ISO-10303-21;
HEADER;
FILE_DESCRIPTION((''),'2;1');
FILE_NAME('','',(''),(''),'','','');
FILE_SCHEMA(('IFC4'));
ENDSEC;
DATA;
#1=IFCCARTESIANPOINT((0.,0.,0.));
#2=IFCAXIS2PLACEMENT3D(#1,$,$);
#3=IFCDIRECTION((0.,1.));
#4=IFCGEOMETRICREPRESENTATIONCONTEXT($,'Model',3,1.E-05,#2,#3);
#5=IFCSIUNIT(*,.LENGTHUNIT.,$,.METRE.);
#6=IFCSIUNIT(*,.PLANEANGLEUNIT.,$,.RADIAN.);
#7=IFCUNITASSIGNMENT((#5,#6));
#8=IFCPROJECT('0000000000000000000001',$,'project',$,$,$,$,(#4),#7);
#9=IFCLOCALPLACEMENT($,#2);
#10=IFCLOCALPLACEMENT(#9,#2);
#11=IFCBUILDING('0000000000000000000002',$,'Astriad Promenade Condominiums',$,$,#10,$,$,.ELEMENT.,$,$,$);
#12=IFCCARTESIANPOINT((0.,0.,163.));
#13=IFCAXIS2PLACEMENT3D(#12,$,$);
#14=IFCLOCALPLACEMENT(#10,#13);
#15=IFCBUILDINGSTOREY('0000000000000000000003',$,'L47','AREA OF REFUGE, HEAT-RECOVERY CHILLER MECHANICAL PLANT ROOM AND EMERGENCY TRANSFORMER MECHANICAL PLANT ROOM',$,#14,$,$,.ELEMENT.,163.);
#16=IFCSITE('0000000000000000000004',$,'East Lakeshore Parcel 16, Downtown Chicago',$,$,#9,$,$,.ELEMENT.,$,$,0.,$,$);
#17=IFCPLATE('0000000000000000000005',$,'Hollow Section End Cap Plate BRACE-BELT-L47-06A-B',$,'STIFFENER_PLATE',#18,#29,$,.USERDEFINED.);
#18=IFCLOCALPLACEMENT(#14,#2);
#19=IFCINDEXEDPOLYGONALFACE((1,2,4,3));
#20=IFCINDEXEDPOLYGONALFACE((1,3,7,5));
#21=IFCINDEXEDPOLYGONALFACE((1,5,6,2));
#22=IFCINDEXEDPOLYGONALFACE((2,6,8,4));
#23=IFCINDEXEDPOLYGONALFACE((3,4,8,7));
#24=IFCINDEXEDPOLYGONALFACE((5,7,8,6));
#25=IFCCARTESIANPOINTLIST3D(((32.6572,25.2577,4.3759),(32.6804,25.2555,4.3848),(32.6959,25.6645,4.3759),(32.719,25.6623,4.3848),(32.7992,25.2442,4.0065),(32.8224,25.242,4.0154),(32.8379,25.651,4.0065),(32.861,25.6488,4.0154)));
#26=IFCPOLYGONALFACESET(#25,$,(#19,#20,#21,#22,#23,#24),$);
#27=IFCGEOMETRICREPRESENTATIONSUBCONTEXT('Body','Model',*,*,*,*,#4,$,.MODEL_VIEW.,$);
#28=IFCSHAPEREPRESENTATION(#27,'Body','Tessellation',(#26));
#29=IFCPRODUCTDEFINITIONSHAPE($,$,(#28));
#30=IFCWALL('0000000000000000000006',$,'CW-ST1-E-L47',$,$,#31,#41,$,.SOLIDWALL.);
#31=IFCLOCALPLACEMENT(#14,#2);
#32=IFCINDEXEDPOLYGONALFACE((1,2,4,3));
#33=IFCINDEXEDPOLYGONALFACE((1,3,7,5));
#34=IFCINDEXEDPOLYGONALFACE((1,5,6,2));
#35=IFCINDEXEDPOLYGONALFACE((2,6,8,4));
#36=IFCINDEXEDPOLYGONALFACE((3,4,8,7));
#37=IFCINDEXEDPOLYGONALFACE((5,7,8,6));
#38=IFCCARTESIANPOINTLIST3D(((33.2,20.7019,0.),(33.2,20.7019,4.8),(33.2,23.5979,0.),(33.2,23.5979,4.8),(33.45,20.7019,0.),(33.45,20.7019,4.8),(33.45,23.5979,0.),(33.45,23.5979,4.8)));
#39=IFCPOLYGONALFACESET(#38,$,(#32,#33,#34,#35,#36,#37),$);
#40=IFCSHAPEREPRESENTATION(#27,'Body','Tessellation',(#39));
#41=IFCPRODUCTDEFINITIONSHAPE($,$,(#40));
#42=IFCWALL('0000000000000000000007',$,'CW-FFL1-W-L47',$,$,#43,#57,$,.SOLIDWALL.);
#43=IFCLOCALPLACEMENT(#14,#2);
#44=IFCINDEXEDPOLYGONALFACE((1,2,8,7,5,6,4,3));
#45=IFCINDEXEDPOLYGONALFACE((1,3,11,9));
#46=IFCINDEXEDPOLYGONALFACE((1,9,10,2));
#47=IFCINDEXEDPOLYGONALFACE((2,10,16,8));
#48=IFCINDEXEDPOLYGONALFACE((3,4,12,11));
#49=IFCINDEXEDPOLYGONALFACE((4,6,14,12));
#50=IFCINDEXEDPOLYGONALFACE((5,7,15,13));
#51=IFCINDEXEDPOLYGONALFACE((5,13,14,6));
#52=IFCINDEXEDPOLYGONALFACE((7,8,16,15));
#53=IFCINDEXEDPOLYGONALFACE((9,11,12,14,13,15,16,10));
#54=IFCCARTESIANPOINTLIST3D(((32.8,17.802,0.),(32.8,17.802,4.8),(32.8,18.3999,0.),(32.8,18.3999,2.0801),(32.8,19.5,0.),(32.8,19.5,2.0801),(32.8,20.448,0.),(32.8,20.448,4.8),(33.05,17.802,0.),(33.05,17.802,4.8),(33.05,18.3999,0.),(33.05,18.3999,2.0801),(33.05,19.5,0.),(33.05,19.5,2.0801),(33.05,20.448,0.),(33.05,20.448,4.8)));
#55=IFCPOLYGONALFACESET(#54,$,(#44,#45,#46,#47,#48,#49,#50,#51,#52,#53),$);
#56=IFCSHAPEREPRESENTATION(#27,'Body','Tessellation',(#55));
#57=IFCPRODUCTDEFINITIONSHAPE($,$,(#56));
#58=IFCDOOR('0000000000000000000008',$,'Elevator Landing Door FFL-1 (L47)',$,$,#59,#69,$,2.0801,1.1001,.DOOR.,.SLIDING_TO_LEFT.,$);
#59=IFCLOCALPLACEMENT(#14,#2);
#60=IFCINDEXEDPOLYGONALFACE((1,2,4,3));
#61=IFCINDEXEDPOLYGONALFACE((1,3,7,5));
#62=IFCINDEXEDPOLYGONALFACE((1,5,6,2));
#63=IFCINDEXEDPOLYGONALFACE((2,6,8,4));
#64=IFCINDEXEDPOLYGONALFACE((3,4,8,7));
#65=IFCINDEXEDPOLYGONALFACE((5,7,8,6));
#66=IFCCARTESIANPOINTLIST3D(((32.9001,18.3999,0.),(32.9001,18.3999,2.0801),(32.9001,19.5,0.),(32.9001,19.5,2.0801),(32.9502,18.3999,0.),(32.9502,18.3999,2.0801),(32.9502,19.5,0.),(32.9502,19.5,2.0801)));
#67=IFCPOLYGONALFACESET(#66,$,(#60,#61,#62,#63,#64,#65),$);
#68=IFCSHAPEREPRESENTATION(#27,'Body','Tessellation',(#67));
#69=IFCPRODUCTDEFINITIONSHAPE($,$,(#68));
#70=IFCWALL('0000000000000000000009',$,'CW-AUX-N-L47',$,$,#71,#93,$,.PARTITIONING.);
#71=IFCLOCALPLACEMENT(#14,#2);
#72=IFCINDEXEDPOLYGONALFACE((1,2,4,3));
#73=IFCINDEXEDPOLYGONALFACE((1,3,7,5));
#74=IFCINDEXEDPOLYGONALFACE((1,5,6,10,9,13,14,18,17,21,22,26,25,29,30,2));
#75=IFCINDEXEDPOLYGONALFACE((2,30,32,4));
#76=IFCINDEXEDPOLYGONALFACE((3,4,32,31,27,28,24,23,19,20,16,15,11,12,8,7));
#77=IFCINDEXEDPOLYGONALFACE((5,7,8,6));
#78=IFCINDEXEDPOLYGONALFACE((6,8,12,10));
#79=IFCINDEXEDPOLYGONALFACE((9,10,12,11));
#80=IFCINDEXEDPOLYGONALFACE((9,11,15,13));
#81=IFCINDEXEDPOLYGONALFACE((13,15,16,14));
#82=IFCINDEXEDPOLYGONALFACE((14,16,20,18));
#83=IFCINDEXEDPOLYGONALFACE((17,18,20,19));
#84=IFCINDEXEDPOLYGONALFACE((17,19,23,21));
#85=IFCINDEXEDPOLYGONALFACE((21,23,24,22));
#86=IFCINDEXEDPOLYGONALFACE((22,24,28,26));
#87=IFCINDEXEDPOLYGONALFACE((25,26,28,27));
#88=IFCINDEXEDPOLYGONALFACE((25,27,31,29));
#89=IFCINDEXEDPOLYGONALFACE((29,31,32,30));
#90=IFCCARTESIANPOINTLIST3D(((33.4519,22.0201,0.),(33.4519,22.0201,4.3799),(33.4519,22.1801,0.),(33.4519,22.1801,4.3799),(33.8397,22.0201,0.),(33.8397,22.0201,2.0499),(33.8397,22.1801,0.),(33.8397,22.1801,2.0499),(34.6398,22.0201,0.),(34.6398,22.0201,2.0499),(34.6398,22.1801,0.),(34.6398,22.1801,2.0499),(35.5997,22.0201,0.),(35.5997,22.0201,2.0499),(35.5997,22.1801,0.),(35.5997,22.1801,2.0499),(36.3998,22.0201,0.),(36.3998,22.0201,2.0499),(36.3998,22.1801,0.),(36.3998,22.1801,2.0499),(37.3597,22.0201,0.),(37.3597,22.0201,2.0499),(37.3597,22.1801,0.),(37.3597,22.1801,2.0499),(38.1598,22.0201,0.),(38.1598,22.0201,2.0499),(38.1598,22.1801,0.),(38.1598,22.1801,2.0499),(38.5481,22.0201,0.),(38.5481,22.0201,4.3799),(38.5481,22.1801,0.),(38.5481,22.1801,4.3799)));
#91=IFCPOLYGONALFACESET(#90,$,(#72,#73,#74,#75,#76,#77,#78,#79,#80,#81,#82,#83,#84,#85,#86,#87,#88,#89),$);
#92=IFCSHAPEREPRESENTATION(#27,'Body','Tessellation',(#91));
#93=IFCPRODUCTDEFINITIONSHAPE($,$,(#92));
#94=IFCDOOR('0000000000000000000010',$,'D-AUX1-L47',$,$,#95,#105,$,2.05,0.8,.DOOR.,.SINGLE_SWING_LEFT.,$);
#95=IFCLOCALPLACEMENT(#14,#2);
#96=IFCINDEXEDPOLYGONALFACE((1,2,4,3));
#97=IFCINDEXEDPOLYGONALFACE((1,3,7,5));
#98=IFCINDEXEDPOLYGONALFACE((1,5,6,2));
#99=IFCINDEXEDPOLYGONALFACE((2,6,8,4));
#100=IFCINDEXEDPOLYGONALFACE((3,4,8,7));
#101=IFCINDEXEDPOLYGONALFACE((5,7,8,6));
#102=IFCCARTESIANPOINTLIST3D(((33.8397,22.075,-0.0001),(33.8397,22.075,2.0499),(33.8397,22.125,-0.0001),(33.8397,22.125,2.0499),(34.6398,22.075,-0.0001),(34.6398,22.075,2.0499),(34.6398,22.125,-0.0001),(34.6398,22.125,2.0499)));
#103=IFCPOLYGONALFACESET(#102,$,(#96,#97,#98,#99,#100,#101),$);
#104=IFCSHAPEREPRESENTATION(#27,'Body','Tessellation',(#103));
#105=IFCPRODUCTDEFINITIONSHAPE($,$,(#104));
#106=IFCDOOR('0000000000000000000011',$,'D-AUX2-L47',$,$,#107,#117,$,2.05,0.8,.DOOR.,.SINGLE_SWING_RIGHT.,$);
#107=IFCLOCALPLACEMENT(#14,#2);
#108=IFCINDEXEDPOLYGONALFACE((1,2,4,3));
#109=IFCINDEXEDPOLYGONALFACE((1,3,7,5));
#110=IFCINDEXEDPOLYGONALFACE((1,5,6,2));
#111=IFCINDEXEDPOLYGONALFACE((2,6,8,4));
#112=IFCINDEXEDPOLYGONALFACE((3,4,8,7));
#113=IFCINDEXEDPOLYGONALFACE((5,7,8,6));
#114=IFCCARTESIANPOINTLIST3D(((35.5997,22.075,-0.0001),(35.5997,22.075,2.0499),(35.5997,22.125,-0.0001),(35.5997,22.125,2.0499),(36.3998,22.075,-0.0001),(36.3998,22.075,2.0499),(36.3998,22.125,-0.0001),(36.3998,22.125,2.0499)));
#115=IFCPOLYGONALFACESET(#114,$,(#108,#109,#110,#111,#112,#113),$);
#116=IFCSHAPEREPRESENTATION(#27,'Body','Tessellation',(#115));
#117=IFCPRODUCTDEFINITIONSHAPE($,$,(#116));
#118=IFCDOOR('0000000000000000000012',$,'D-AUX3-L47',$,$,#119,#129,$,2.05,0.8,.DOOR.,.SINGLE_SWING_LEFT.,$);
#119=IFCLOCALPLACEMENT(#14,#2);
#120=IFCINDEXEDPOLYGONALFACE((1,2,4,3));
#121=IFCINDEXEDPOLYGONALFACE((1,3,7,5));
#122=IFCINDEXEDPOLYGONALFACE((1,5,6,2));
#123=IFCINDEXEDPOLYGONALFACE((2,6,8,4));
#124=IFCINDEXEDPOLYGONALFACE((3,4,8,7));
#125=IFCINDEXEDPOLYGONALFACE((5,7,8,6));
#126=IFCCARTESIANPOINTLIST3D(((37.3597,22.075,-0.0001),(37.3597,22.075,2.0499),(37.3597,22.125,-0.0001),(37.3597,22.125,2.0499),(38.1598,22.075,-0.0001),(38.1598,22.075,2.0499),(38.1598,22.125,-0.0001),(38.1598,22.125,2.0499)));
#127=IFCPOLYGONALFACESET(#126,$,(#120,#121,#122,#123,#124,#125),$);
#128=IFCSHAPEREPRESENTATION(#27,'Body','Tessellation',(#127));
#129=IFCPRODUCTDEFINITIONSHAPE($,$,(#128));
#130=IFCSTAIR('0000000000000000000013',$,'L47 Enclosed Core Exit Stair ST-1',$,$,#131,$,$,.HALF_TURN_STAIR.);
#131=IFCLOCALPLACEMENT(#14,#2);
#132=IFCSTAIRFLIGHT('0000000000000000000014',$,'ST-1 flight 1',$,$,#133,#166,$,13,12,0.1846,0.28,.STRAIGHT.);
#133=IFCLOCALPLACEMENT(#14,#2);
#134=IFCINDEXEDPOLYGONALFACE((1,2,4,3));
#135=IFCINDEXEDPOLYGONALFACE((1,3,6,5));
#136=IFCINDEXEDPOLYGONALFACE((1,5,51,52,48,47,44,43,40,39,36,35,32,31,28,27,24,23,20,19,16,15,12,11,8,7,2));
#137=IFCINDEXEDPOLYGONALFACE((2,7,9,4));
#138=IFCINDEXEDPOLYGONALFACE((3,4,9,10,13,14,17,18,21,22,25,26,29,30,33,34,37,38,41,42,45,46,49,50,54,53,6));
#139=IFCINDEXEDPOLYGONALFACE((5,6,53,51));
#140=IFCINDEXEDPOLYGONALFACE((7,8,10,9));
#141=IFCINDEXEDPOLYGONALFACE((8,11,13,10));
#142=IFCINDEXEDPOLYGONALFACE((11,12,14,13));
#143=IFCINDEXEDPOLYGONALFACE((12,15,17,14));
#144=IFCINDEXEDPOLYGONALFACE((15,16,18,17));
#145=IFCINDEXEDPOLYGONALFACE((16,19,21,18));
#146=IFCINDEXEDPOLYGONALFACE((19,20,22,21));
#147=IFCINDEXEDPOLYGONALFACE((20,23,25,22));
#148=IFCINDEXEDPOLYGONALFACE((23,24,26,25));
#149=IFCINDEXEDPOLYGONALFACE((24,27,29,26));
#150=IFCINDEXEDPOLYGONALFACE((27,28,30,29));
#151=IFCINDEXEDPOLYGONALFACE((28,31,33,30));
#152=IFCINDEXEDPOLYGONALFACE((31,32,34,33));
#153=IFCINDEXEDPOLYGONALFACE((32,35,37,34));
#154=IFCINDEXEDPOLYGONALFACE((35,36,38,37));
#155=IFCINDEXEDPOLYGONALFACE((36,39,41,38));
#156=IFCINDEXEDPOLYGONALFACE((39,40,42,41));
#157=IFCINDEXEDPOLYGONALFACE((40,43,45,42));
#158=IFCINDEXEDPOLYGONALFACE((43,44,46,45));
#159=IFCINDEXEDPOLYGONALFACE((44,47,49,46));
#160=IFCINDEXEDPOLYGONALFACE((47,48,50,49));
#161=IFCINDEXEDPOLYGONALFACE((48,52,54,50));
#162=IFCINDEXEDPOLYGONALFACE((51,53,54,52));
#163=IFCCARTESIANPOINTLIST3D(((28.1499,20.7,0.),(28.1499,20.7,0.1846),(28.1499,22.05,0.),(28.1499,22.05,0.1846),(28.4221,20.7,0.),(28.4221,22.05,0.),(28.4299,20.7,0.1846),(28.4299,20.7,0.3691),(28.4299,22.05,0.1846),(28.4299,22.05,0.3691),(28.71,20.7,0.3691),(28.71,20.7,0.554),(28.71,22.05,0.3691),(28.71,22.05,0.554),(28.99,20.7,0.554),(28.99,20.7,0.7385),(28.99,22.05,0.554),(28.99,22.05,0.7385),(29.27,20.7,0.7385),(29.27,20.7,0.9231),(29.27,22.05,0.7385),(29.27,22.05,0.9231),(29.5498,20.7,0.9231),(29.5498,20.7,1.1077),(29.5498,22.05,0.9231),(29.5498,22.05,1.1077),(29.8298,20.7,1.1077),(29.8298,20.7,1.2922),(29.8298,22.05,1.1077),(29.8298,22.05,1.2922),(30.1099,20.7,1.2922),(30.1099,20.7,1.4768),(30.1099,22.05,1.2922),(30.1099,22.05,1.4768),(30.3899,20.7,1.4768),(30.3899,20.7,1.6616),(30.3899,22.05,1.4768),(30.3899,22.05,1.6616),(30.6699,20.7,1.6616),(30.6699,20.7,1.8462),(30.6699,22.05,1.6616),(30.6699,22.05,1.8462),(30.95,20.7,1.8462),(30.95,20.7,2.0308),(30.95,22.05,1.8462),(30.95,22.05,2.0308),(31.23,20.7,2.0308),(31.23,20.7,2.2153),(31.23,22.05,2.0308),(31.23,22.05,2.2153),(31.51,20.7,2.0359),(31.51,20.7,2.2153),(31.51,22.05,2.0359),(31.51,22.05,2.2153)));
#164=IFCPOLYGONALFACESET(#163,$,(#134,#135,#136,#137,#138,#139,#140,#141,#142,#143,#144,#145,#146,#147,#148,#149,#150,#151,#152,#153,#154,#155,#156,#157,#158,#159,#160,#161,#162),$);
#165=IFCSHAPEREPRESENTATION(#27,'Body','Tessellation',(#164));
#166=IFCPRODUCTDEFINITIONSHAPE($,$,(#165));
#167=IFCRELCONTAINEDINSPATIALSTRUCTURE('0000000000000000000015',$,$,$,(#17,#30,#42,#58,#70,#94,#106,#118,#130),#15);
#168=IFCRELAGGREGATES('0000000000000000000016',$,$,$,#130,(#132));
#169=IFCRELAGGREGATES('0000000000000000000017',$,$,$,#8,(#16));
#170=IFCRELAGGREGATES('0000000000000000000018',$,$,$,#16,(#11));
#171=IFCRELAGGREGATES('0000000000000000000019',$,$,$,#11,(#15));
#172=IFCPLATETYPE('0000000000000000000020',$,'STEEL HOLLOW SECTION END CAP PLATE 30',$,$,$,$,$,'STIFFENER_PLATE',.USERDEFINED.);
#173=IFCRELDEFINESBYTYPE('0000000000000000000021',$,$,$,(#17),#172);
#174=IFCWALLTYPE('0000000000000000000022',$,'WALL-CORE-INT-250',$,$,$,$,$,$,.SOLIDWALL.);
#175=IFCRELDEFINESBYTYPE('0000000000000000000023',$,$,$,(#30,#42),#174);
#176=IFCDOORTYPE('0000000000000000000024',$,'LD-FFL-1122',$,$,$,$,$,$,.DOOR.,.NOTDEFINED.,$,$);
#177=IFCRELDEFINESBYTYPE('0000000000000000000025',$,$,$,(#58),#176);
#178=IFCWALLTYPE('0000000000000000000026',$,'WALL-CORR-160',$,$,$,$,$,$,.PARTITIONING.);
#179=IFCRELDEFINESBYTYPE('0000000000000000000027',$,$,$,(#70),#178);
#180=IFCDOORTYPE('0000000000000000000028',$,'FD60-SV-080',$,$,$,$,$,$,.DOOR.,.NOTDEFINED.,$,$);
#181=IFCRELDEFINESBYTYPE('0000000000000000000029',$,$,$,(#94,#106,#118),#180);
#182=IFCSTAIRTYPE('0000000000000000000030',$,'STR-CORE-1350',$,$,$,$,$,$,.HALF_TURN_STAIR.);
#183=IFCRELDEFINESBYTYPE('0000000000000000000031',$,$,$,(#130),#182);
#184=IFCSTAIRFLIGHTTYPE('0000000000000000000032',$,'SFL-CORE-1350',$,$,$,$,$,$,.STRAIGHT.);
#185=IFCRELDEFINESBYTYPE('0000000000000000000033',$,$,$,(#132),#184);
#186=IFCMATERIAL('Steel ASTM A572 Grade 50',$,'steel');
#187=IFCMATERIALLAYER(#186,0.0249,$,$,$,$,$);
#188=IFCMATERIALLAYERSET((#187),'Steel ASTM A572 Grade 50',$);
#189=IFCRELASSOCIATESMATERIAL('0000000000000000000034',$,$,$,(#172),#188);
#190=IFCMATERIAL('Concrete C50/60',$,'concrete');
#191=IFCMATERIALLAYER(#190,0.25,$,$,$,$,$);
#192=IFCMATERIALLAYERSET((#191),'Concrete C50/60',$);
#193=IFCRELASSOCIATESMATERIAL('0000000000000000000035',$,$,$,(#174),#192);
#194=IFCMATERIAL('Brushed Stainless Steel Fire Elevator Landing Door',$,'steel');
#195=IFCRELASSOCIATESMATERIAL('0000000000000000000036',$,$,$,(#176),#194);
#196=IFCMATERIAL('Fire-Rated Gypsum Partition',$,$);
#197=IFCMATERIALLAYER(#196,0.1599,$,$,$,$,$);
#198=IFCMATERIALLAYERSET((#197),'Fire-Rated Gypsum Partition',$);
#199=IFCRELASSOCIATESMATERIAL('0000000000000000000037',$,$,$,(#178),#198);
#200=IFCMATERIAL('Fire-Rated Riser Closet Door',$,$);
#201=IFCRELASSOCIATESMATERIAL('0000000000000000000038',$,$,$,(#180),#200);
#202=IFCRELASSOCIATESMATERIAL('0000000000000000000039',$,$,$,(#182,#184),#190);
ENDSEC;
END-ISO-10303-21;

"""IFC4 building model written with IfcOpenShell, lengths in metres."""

from ifc_helpers import new_model, si_unit, direction, frame, frame_2d, origin, origin_2d, place, context, subcontext, project, spatial, polyline, rectangle, outline, extrude, source, transform, mapped, material, layer, layer_set, type_object, type_shapes, element, fill, aggregate, save


model = new_model("IFC4")

# Units and contexts
model_context = context("Model", 3, precision=1e-05, world=origin(), true_north=direction((0.0, 1.0)))
body_context = subcontext(model_context, "Body", "Model", "MODEL_VIEW")
ifc_project = project(units=[si_unit("LENGTHUNIT", "METRE"), si_unit("PLANEANGLEUNIT", "RADIAN")], contexts=[model_context])

# Site, building, storey
site_placement = place(None, origin())
site = spatial("IfcSite", under=ifc_project, at=site_placement, Name="East Lakeshore Parcel 16, Downtown Chicago", CompositionType="ELEMENT", RefElevation=0.0)
building_placement = place(site_placement, origin())
building = spatial("IfcBuilding", under=site, at=building_placement, Name="Astriad Promenade Condominiums", CompositionType="ELEMENT")
storey_placement = place(building_placement, frame((0.0, 0.0, 163.0)))
storey = spatial("IfcBuildingStorey", under=building, at=storey_placement, Name="L47", Description="AREA OF REFUGE, HEAT-RECOVERY CHILLER MECHANICAL PLANT ROOM AND EMERGENCY TRANSFORMER MECHANICAL PLANT ROOM", CompositionType="ELEMENT", Elevation=163.0)

# Plate
ifc_material_1 = material(Name="Steel ASTM A572 Grade 50", Category="steel")
ifc_layer_1 = layer(ifc_material_1, 0.0249)
ifc_layer_set_1 = layer_set([ifc_layer_1], Name="Steel ASTM A572 Grade 50")
plate_type_1 = type_object("IfcPlateType", Name="STEEL HOLLOW SECTION END CAP PLATE 30", ElementType="STIFFENER_PLATE", PredefinedType="USERDEFINED", material=ifc_layer_set_1)
shared_shape_1 = source(origin(), body_context, "Body", "SweptSolid", [
    extrude(rectangle(XDim=0.4087, YDim=0.396, at=origin_2d()), origin(), (0.0, 0.0, 1.0), 0.0249),
])
plate_1_placement = place(storey_placement, frame((32.7476, 25.4543, 4.1912), z_axis=(0.928688, -0.088202, 0.360221), x_axis=(0.094549, 0.99552, 0.0)))
element("IfcPlate", 1, at=plate_1_placement, inside=storey, type_object=plate_type_1, Name="Hollow Section End Cap Plate BRACE-BELT-L47-06A-B", ObjectType="STIFFENER_PLATE", PredefinedType="USERDEFINED", context=body_context, shape_type="MappedRepresentation", body=[
    mapped(shared_shape_1, transform((0.0, 0.0, 0.0), scale=1.0)),
])

# Wall
ifc_material_2 = material(Name="Concrete C50/60", Category="concrete")
ifc_layer_2 = layer(ifc_material_2, 0.25)
ifc_layer_set_2 = layer_set([ifc_layer_2], Name="Concrete C50/60")
wall_type_1 = type_object("IfcWallType", Name="WALL-CORE-INT-250", PredefinedType="SOLIDWALL", material=ifc_layer_set_2)
wall_1_placement = place(storey_placement, frame((33.325, 20.7019, 0.0), z_axis=(0.0, 0.0, 1.0), x_axis=(0.0, 1.0, 0.0)))
element("IfcWall", 2, at=wall_1_placement, inside=storey, type_object=wall_type_1, Name="CW-ST1-E-L47", PredefinedType="SOLIDWALL", context=body_context, shape_type="SweptSolid", body=[
    extrude(rectangle(XDim=2.896, YDim=0.25, at=frame_2d((1.448, 0.0))), origin(), (0.0, 0.0, 1.0), 4.8),
])

# Wall, opening, door
wall_2_placement = place(storey_placement, frame((32.925, 17.802, 0.0), z_axis=(0.0, 0.0, 1.0), x_axis=(0.0, 1.0, 0.0)))
wall_2 = element("IfcWall", 3, at=wall_2_placement, inside=storey, type_object=wall_type_1, Name="CW-FFL1-W-L47", PredefinedType="SOLIDWALL", context=body_context, shape_type="SweptSolid", body=[
    extrude(rectangle(XDim=2.646, YDim=0.25, at=frame_2d((1.323, 0.0))), origin(), (0.0, 0.0, 1.0), 4.8),
])
opening_1_placement = place(wall_2_placement, frame((0.5979, 0.0, 0.0)))
opening_1 = element("IfcOpeningElement", 4, at=opening_1_placement, cuts=wall_2, PredefinedType="OPENING", context=body_context, shape_type="SweptSolid", body=[
    extrude(rectangle(XDim=1.1001, YDim=2.0801, at=frame_2d((0.55, 1.04))), frame((0.0, 0.135, 0.0), z_axis=(0.0, -1.0, 0.0), x_axis=(1.0, 0.0, 0.0)), (0.0, 0.0, 1.0), 0.27),
])
ifc_material_3 = material(Name="Brushed Stainless Steel Fire Elevator Landing Door", Category="steel")
door_type_1 = type_object("IfcDoorType", Name="LD-FFL-1122", OperationType="NOTDEFINED", PredefinedType="DOOR", material=ifc_material_3)
shared_shape_2 = source(origin(), body_context, "Body", "SweptSolid", [
    extrude(rectangle(XDim=1.1001, YDim=2.0801, at=frame_2d((0.55, 1.04))), frame((0.0, 0.0249, 0.0), z_axis=(0.0, -1.0, 0.0), x_axis=(1.0, 0.0, 0.0)), (0.0, 0.0, 1.0), 0.05),
])
type_shapes(door_type_1, [shared_shape_2])
door_1_placement = place(opening_1_placement, origin())
door_1 = element("IfcDoor", 5, at=door_1_placement, inside=storey, type_object=door_type_1, Name="Elevator Landing Door FFL-1 (L47)", OperationType="SLIDING_TO_LEFT", OverallHeight=2.0801, OverallWidth=1.1001, PredefinedType="DOOR", context=body_context, shape_type="MappedRepresentation", body=[
    mapped(shared_shape_2, transform((0.0, 0.0, 0.0), scale=1.0)),
])
fill(opening_1, door_1)

# Wall, openings, doors
ifc_material_4 = material(Name="Fire-Rated Gypsum Partition")
ifc_layer_3 = layer(ifc_material_4, 0.1599)
ifc_layer_set_3 = layer_set([ifc_layer_3], Name="Fire-Rated Gypsum Partition")
wall_type_2 = type_object("IfcWallType", Name="WALL-CORR-160", PredefinedType="PARTITIONING", material=ifc_layer_set_3)
wall_3_placement = place(storey_placement, frame((33.4519, 22.1001, 0.0), z_axis=(0.0, 0.0, 1.0), x_axis=(1.0, 0.0, 0.0)))
wall_3 = element("IfcWall", 6, at=wall_3_placement, inside=storey, type_object=wall_type_2, Name="CW-AUX-N-L47", PredefinedType="PARTITIONING", context=body_context, shape_type="SweptSolid", body=[
    extrude(rectangle(XDim=5.0962, YDim=0.1599, at=frame_2d((2.5481, 0.0))), origin(), (0.0, 0.0, 1.0), 4.3799),
])
opening_2_placement = place(wall_3_placement, frame((0.3879, 0.0, 0.0)))
opening_2 = element("IfcOpeningElement", 7, at=opening_2_placement, cuts=wall_3, PredefinedType="OPENING", context=body_context, shape_type="SweptSolid", body=[
    extrude(rectangle(XDim=0.8, YDim=2.05, at=frame_2d((0.3999, 1.0249))), frame((0.0, 0.0898, 0.0), z_axis=(0.0, -1.0, 0.0), x_axis=(1.0, 0.0, 0.0)), (0.0, 0.0, 1.0), 0.1799),
])
opening_3_placement = place(wall_3_placement, frame((2.1479, 0.0, 0.0)))
opening_3 = element("IfcOpeningElement", 8, at=opening_3_placement, cuts=wall_3, PredefinedType="OPENING", context=body_context, shape_type="SweptSolid", body=[
    extrude(rectangle(XDim=0.8, YDim=2.05, at=frame_2d((0.3999, 1.0249))), frame((0.0, 0.0898, 0.0), z_axis=(0.0, -1.0, 0.0), x_axis=(1.0, 0.0, 0.0)), (0.0, 0.0, 1.0), 0.1799),
])
opening_4_placement = place(wall_3_placement, frame((3.908, 0.0, 0.0)))
opening_4 = element("IfcOpeningElement", 9, at=opening_4_placement, cuts=wall_3, PredefinedType="OPENING", context=body_context, shape_type="SweptSolid", body=[
    extrude(rectangle(XDim=0.8, YDim=2.05, at=frame_2d((0.3999, 1.0249))), frame((0.0, 0.0898, 0.0), z_axis=(0.0, -1.0, 0.0), x_axis=(1.0, 0.0, 0.0)), (0.0, 0.0, 1.0), 0.1799),
])
ifc_material_5 = material(Name="Fire-Rated Riser Closet Door")
door_type_2 = type_object("IfcDoorType", Name="FD60-SV-080", OperationType="NOTDEFINED", PredefinedType="DOOR", material=ifc_material_5)
shared_shape_3 = source(origin(), body_context, "Body", "SweptSolid", [
    extrude(rectangle(XDim=0.8, YDim=2.05, at=frame_2d((0.3999, 1.0249))), frame((0.0, 0.0249, 0.0), z_axis=(0.0, -1.0, 0.0), x_axis=(1.0, 0.0, 0.0)), (0.0, 0.0, 1.0), 0.05),
])
type_shapes(door_type_2, [shared_shape_3])
door_2_placement = place(opening_2_placement, origin())
door_2 = element("IfcDoor", 10, at=door_2_placement, inside=storey, type_object=door_type_2, Name="D-AUX1-L47", OperationType="SINGLE_SWING_LEFT", OverallHeight=2.05, OverallWidth=0.8, PredefinedType="DOOR", context=body_context, shape_type="MappedRepresentation", body=[
    mapped(shared_shape_3, transform((0.0, 0.0, 0.0), scale=1.0)),
])
fill(opening_2, door_2)
door_3_placement = place(opening_3_placement, origin())
door_3 = element("IfcDoor", 11, at=door_3_placement, inside=storey, type_object=door_type_2, Name="D-AUX2-L47", OperationType="SINGLE_SWING_RIGHT", OverallHeight=2.05, OverallWidth=0.8, PredefinedType="DOOR", context=body_context, shape_type="MappedRepresentation", body=[
    mapped(shared_shape_3, transform((0.0, 0.0, 0.0), scale=1.0)),
])
fill(opening_3, door_3)
door_4_placement = place(opening_4_placement, origin())
door_4 = element("IfcDoor", 12, at=door_4_placement, inside=storey, type_object=door_type_2, Name="D-AUX3-L47", OperationType="SINGLE_SWING_LEFT", OverallHeight=2.05, OverallWidth=0.8, PredefinedType="DOOR", context=body_context, shape_type="MappedRepresentation", body=[
    mapped(shared_shape_3, transform((0.0, 0.0, 0.0), scale=1.0)),
])
fill(opening_4, door_4)

# Stair, stair flight
stair_type = type_object("IfcStairType", Name="STR-CORE-1350", PredefinedType="HALF_TURN_STAIR", material=ifc_material_2)
stair_placement = place(storey_placement, origin())
stair = element("IfcStair", 13, at=stair_placement, inside=storey, type_object=stair_type, Name="L47 Enclosed Core Exit Stair ST-1", PredefinedType="HALF_TURN_STAIR")
stair_flight_type = type_object("IfcStairFlightType", Name="SFL-CORE-1350", PredefinedType="STRAIGHT", material=ifc_material_2)
shared_shape_4 = source(origin(), body_context, "Body", "SweptSolid", [
    extrude(outline(polyline([(0.0, 0.0), (0.0, 0.1846), (0.28, 0.1846), (0.28, 0.3691), (0.5601, 0.3691), (0.5601, 0.554), (0.8401, 0.554), (0.8401, 0.7385), (1.1201, 0.7385), (1.1201, 0.9231), (1.3999, 0.9231), (1.3999, 1.1077), (1.6799, 1.1077), (1.6799, 1.2922), (1.96, 1.2922), (1.96, 1.4768), (2.24, 1.4768), (2.24, 1.6616), (2.52, 1.6616), (2.52, 1.8462), (2.8, 1.8462), (2.8, 2.0308), (3.0801, 2.0308), (3.0801, 2.2153), (3.3601, 2.2153), (3.3601, 2.3999), (3.3601, 2.0359), (0.2722, 0.0), (0.0, 0.0)])), frame((0.0, 0.675, 0.0), z_axis=(0.0, -1.0, 0.0), x_axis=(1.0, 0.0, 0.0)), (0.0, 0.0, 1.0), 1.3501),
])
type_shapes(stair_flight_type, [shared_shape_4])
stair_flight_1_placement = place(storey_placement, frame((28.1499, 21.375, 0.0), z_axis=(0.0, 0.0, 1.0), x_axis=(1.0, 0.0, 0.0)))
stair_flight_1 = element("IfcStairFlight", 14, at=stair_flight_1_placement, type_object=stair_flight_type, Name="ST-1 flight 1", NumberOfRisers=13, NumberOfTreads=12, PredefinedType="STRAIGHT", RiserHeight=0.1846, TreadLength=0.28, context=body_context, shape_type="MappedRepresentation", body=[
    mapped(shared_shape_4, transform((0.0, 0.0, 0.0), scale=1.0)),
])
aggregate(stair, [stair_flight_1])

save(model, "model.ifc")
